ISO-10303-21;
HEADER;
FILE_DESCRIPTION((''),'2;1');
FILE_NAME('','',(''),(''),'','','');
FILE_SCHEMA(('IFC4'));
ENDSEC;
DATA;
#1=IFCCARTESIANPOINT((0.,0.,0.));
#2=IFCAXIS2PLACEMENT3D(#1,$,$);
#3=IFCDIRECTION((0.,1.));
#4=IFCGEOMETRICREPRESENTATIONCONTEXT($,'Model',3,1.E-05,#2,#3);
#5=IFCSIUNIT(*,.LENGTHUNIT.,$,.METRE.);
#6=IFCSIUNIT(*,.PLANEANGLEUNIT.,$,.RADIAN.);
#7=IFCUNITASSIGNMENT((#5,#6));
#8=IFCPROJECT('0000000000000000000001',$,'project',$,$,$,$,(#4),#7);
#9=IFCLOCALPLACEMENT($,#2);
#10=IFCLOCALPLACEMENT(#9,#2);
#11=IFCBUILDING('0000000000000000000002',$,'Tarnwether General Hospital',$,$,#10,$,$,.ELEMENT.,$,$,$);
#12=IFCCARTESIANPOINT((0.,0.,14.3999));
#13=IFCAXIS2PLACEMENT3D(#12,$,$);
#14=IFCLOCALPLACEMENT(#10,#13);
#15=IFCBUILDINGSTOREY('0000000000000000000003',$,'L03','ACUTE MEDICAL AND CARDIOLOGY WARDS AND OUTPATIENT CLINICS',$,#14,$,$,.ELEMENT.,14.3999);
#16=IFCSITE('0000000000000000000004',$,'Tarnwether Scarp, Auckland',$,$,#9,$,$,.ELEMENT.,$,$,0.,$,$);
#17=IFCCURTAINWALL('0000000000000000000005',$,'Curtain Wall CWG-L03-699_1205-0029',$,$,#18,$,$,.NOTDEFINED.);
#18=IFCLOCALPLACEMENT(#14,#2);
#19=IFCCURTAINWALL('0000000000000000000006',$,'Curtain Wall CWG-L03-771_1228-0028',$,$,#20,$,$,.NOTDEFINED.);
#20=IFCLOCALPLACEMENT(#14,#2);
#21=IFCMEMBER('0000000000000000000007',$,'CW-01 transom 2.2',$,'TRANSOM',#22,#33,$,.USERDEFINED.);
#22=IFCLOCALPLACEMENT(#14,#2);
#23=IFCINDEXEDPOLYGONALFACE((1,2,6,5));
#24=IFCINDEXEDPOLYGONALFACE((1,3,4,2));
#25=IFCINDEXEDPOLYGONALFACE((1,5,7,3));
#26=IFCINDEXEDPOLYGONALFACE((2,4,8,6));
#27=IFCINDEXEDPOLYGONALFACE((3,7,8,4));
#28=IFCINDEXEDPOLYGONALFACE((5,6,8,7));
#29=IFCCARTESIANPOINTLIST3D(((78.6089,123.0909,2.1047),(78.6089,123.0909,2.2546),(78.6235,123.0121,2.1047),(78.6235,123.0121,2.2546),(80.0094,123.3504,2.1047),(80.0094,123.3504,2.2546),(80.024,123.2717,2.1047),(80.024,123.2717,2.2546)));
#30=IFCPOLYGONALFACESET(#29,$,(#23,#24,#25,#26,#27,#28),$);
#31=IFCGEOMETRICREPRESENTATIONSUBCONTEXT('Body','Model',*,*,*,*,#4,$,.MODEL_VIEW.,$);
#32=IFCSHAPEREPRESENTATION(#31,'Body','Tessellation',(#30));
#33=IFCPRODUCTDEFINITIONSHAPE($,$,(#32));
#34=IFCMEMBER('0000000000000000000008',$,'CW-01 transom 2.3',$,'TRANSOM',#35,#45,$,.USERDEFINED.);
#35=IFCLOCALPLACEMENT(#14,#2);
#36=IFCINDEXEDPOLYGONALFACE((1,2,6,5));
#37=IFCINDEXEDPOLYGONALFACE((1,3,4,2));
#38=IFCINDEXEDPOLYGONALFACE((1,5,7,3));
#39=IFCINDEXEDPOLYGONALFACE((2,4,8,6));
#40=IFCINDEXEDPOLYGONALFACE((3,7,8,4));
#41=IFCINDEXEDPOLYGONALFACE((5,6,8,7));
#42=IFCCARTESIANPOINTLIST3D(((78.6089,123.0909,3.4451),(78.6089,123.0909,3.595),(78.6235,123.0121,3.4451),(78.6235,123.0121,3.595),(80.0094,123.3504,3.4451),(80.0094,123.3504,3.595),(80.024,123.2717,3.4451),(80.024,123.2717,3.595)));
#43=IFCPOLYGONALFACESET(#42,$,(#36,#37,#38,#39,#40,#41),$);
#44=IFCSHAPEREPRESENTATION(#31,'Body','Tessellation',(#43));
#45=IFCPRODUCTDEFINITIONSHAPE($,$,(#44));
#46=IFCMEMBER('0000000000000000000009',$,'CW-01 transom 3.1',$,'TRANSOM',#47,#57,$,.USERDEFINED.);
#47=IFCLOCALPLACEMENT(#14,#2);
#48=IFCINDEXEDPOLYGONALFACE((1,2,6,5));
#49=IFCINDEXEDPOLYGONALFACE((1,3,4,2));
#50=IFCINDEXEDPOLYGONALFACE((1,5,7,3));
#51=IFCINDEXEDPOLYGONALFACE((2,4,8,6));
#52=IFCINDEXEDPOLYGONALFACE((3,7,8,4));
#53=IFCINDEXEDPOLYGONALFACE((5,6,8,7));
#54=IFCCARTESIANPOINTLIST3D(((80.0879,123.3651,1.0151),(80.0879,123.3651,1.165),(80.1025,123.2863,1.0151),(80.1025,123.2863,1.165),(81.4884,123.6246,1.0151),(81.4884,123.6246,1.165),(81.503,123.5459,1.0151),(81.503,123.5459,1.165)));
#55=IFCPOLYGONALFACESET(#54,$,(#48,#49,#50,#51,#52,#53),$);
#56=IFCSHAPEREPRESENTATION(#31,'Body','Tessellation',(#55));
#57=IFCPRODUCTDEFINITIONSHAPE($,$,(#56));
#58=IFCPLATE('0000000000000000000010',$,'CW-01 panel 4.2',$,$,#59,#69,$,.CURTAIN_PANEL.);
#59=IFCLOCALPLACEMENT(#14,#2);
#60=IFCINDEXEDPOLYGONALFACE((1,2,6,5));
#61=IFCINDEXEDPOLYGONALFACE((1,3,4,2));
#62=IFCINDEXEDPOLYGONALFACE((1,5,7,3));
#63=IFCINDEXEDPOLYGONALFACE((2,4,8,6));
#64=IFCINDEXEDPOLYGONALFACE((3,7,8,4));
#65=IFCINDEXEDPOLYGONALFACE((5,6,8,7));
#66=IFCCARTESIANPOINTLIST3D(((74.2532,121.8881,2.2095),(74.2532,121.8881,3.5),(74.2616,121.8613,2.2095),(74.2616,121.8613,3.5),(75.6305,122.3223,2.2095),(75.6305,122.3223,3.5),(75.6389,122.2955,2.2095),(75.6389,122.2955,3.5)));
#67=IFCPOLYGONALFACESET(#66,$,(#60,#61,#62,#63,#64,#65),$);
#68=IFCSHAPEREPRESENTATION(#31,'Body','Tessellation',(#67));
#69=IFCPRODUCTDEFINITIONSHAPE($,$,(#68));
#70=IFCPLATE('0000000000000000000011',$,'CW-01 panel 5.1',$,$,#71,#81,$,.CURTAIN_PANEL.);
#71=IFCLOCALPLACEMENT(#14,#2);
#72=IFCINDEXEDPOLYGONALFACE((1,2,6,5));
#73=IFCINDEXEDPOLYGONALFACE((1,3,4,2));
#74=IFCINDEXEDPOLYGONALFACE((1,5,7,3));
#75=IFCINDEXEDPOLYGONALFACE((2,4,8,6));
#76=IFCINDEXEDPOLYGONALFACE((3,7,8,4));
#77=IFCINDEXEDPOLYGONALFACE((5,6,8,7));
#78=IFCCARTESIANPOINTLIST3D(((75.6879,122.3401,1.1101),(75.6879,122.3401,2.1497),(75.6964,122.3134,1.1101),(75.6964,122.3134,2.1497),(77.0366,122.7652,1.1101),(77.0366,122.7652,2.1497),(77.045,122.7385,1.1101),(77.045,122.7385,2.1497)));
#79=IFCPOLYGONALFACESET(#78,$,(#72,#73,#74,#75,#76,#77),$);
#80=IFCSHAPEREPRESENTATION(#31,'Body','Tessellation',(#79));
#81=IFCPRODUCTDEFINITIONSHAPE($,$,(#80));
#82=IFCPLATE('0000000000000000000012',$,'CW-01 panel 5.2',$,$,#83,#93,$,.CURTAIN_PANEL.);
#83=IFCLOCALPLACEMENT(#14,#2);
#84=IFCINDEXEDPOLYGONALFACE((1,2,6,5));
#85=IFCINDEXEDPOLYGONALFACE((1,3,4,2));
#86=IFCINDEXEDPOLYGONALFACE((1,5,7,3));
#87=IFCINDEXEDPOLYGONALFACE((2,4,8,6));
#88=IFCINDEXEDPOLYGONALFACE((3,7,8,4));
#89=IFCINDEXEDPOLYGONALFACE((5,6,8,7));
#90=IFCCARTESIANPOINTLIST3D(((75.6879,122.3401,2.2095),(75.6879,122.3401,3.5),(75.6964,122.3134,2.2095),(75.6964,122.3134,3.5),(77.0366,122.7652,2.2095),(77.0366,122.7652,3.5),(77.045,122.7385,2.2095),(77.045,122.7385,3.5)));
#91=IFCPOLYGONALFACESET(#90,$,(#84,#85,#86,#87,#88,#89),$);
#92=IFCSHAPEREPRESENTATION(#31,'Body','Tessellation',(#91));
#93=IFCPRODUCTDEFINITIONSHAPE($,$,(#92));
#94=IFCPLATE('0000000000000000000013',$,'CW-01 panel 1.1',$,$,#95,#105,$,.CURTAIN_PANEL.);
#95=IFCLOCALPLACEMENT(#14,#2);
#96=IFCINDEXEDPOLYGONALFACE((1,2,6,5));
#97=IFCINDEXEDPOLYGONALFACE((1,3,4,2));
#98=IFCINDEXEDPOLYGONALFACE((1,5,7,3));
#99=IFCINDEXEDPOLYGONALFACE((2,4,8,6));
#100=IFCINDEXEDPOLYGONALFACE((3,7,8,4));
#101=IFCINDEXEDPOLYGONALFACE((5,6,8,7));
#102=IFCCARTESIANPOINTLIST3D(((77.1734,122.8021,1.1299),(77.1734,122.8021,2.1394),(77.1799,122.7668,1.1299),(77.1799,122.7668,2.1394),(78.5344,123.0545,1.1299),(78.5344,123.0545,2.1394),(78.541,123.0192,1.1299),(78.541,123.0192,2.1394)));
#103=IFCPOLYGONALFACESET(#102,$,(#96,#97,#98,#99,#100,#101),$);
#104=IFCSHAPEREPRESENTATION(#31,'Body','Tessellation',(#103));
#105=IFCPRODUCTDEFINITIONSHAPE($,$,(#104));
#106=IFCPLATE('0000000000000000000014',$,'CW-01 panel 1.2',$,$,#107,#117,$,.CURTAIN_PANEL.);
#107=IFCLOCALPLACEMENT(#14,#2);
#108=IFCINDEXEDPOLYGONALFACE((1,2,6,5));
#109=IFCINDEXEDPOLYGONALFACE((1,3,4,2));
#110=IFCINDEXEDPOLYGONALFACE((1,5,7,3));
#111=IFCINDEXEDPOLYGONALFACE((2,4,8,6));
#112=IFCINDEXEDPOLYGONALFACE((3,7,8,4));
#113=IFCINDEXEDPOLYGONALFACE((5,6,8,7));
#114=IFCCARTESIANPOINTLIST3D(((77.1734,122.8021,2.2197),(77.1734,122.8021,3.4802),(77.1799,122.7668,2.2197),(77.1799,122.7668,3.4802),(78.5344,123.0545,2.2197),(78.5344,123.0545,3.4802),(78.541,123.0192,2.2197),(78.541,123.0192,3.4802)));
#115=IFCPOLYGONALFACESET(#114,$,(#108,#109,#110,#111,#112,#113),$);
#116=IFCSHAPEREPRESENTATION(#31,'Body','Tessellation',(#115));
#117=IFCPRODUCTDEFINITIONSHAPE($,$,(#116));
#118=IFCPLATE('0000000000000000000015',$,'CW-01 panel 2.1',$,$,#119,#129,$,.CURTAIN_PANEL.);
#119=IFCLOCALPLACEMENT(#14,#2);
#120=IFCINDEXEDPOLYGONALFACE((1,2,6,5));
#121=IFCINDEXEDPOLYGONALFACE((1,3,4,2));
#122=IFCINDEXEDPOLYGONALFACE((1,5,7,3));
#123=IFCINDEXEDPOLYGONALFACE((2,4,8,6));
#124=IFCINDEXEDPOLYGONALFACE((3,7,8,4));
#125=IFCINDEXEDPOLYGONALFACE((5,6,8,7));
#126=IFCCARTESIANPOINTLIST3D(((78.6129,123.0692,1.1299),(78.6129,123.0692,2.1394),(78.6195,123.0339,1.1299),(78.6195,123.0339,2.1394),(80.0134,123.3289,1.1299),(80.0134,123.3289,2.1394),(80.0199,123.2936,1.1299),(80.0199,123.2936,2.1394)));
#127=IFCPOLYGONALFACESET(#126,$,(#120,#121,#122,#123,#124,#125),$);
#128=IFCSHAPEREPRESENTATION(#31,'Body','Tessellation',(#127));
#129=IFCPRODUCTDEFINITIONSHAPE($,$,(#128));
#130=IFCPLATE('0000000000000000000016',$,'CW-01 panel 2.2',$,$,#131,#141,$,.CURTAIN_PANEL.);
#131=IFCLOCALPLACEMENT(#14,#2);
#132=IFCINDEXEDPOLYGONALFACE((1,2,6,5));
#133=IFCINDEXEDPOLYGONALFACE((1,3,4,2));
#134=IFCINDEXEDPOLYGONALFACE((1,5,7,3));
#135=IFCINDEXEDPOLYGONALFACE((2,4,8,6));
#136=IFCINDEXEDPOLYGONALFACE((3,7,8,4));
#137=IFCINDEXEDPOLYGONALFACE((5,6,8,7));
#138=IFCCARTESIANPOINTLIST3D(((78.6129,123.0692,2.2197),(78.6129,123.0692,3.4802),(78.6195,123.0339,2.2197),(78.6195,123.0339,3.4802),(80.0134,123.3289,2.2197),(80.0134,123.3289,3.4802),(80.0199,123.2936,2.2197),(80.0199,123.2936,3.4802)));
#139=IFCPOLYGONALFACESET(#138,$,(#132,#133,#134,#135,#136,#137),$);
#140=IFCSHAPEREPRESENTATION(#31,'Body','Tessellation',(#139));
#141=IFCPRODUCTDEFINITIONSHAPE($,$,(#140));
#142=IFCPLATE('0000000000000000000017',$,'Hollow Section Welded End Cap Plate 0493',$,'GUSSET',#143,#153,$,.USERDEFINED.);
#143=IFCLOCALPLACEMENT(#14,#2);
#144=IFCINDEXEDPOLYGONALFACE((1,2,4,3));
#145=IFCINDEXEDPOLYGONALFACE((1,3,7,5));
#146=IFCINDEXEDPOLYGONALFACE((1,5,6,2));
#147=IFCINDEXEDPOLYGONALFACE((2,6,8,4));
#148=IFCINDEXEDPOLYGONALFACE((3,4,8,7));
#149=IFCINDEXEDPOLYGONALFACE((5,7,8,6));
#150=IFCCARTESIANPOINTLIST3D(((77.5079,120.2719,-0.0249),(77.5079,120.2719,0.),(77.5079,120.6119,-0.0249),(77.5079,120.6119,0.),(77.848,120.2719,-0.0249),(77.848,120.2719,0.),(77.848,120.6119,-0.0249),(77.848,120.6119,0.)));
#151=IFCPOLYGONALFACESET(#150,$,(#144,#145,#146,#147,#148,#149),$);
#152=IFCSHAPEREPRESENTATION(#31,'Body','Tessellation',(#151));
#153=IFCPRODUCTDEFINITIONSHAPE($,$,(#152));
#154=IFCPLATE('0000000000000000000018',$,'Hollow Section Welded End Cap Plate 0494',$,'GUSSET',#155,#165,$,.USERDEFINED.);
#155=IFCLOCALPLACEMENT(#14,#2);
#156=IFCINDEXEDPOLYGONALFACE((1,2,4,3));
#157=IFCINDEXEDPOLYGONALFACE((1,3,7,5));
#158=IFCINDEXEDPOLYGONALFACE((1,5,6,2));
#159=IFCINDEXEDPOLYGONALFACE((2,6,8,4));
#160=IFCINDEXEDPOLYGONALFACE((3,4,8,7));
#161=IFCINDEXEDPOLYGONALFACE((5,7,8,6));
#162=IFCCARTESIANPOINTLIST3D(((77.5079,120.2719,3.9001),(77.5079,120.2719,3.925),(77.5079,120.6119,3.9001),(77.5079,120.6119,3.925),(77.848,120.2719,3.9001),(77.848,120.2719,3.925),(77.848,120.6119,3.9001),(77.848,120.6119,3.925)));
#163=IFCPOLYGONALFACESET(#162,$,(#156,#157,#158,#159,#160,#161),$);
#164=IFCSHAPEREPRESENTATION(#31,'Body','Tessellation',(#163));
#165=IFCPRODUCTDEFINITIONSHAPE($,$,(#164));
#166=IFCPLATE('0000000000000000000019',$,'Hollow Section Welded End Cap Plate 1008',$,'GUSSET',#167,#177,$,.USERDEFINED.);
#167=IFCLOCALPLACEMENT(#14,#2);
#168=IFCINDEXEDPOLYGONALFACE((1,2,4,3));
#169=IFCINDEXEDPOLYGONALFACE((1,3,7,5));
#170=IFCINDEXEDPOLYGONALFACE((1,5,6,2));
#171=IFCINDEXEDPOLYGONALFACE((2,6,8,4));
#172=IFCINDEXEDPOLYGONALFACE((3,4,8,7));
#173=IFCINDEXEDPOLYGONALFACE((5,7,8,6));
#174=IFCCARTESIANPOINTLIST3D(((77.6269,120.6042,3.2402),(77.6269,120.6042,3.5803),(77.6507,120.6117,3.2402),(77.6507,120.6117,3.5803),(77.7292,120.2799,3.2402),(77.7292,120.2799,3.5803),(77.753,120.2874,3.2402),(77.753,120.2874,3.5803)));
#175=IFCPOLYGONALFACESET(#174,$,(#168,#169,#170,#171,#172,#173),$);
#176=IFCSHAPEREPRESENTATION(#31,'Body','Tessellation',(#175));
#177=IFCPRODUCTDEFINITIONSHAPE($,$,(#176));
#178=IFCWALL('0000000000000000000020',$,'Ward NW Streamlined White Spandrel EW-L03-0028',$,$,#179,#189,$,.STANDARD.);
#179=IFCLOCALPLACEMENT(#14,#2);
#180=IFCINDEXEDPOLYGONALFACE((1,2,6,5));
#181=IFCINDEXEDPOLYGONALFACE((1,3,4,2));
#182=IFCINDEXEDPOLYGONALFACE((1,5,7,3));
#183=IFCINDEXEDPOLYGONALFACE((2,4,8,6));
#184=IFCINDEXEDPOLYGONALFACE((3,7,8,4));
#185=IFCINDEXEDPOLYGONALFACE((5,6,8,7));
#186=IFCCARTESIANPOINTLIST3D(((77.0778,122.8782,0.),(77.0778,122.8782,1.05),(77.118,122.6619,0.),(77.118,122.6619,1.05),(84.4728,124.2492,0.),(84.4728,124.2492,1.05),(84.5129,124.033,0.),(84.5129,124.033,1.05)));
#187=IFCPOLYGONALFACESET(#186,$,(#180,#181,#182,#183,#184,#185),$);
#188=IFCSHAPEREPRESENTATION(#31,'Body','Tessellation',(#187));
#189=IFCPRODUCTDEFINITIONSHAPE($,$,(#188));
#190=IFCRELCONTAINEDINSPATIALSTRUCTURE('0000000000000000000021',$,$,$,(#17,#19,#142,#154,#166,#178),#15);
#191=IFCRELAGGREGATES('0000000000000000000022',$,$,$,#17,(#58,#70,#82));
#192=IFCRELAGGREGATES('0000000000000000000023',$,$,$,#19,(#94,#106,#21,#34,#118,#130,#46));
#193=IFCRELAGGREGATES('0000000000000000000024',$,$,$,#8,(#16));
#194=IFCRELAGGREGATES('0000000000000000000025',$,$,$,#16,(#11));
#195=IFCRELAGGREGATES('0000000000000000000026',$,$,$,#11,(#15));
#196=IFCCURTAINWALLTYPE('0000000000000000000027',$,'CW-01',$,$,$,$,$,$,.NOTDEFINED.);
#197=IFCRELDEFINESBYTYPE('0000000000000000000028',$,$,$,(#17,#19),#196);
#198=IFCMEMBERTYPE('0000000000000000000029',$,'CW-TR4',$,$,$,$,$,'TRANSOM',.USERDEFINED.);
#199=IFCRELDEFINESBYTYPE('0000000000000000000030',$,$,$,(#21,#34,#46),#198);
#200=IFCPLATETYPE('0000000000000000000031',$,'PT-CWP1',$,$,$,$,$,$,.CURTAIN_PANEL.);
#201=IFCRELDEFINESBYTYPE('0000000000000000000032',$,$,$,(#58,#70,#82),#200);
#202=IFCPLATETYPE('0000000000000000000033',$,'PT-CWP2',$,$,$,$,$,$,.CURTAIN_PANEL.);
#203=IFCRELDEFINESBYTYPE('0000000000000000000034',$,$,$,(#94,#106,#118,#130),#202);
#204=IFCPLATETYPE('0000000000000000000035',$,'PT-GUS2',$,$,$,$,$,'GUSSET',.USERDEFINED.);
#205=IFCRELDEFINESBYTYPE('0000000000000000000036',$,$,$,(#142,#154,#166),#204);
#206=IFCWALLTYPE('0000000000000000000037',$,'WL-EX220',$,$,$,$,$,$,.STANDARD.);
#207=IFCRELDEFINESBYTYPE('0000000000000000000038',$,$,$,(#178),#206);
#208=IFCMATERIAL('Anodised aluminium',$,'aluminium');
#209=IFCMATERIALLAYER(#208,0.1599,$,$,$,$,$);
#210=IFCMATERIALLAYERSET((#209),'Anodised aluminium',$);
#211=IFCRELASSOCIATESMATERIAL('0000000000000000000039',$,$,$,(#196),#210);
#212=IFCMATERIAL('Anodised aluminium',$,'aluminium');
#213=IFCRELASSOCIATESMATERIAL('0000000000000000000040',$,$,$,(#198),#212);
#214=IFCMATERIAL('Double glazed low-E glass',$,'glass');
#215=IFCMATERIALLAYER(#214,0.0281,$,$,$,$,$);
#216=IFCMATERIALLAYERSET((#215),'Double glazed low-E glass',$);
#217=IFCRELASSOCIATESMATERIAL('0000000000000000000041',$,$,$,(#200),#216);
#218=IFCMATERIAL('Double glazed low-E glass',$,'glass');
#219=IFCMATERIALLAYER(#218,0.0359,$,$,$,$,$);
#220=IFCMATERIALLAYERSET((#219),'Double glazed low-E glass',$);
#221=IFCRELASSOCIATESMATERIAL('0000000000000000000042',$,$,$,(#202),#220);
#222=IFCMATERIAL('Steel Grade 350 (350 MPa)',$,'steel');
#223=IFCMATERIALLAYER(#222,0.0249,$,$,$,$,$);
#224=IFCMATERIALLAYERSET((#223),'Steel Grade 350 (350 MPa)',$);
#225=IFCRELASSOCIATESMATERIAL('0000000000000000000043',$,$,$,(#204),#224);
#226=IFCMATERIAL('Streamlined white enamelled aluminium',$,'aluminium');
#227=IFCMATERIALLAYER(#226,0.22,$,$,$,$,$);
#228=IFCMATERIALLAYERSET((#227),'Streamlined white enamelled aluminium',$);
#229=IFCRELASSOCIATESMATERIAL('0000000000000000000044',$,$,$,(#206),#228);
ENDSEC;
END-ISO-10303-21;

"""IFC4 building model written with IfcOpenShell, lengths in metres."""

from ifc_helpers import new_model, si_unit, direction, frame, frame_2d, origin, origin_2d, place, context, subcontext, project, spatial, rectangle, extrude, material, layer, layer_set, material_profile, profile_set, type_object, element, aggregate, save


model = new_model("IFC4")

# Units and contexts
model_context = context("Model", 3, precision=1e-05, world=origin(), true_north=direction((0.0, 1.0)))
body_context = subcontext(model_context, "Body", "Model", "MODEL_VIEW")
ifc_project = project(units=[si_unit("LENGTHUNIT", "METRE"), si_unit("PLANEANGLEUNIT", "RADIAN")], contexts=[model_context])

# Site, building, storey
site_placement = place(None, origin())
site = spatial("IfcSite", under=ifc_project, at=site_placement, Name="Tarnwether Scarp, Auckland", CompositionType="ELEMENT", RefElevation=0.0)
building_placement = place(site_placement, origin())
building = spatial("IfcBuilding", under=site, at=building_placement, Name="Tarnwether General Hospital", CompositionType="ELEMENT")
storey_placement = place(building_placement, frame((0.0, 0.0, 14.3999)))
storey = spatial("IfcBuildingStorey", under=building, at=storey_placement, Name="L03", Description="ACUTE MEDICAL AND CARDIOLOGY WARDS AND OUTPATIENT CLINICS", CompositionType="ELEMENT", Elevation=14.3999)

# Curtain walls
ifc_material_1 = material(Name="Anodised aluminium", Category="aluminium")
ifc_layer_1 = layer(ifc_material_1, 0.1599)
ifc_layer_set_1 = layer_set([ifc_layer_1], Name="Anodised aluminium")
curtain_wall_type = type_object("IfcCurtainWallType", Name="CW-01", PredefinedType="NOTDEFINED", material=ifc_layer_set_1)
curtain_wall_1_placement = place(storey_placement, origin())
curtain_wall_1 = element("IfcCurtainWall", 1, at=curtain_wall_1_placement, inside=storey, type_object=curtain_wall_type, Name="Curtain Wall CWG-L03-699_1205-0029", PredefinedType="NOTDEFINED")
curtain_wall_2_placement = place(storey_placement, origin())
curtain_wall_2 = element("IfcCurtainWall", 2, at=curtain_wall_2_placement, inside=storey, type_object=curtain_wall_type, Name="Curtain Wall CWG-L03-771_1228-0028", PredefinedType="NOTDEFINED")

# Members
ifc_material_2 = material(Name="Anodised aluminium", Category="aluminium")
ifc_material_profile_1 = material_profile(ifc_material_2, rectangle(XDim=0.0801, YDim=0.1499, at=origin_2d()), Name="ALU-TRN-80x150")
ifc_profile_set_1 = profile_set([ifc_material_profile_1], Name="Anodised aluminium")
member_type_1 = type_object("IfcMemberType", Name="CW-TR4", ElementType="TRANSOM", PredefinedType="USERDEFINED", material=ifc_profile_set_1)
member_1_placement = place(storey_placement, frame((78.6162, 123.0515, 2.1797), z_axis=(0.983258, 0.182218, 0.0), x_axis=(-0.182218, 0.983258, 0.0)))
member_1 = element("IfcMember", 3, at=member_1_placement, type_object=member_type_1, Name="CW-01 transom 2.2", ObjectType="TRANSOM", PredefinedType="USERDEFINED", context=body_context, shape_type="SweptSolid", body=[
    extrude(rectangle(XDim=0.0801, YDim=0.1499, at=origin_2d()), origin(), (0.0, 0.0, 1.0), 1.4243),
])
member_2_placement = place(storey_placement, frame((78.6162, 123.0515, 3.52), z_axis=(0.983258, 0.182218, 0.0), x_axis=(-0.182218, 0.983258, 0.0)))
member_2 = element("IfcMember", 4, at=member_2_placement, type_object=member_type_1, Name="CW-01 transom 2.3", ObjectType="TRANSOM", PredefinedType="USERDEFINED", context=body_context, shape_type="SweptSolid", body=[
    extrude(rectangle(XDim=0.0801, YDim=0.1499, at=origin_2d()), origin(), (0.0, 0.0, 1.0), 1.4243),
])
member_3_placement = place(storey_placement, frame((80.0952, 123.3257, 1.0901), z_axis=(0.983258, 0.182218, 0.0), x_axis=(-0.182218, 0.983258, 0.0)))
member_3 = element("IfcMember", 5, at=member_3_placement, type_object=member_type_1, Name="CW-01 transom 3.1", ObjectType="TRANSOM", PredefinedType="USERDEFINED", context=body_context, shape_type="SweptSolid", body=[
    extrude(rectangle(XDim=0.0801, YDim=0.1499, at=origin_2d()), origin(), (0.0, 0.0, 1.0), 1.4243),
])

# Plates
ifc_material_3 = material(Name="Double glazed low-E glass", Category="glass")
ifc_layer_2 = layer(ifc_material_3, 0.0281)
ifc_layer_set_2 = layer_set([ifc_layer_2], Name="Double glazed low-E glass")
plate_type_1 = type_object("IfcPlateType", Name="PT-CWP1", PredefinedType="CURTAIN_PANEL", material=ifc_layer_set_2)
plate_1_placement = place(storey_placement, frame((74.946, 122.0918, 2.2095), z_axis=(0.0, 0.0, 1.0), x_axis=(0.953741, 0.300629, 0.0)))
plate_1 = element("IfcPlate", 6, at=plate_1_placement, type_object=plate_type_1, Name="CW-01 panel 4.2", PredefinedType="CURTAIN_PANEL", context=body_context, shape_type="SweptSolid", body=[
    extrude(rectangle(XDim=1.4441, YDim=0.0281, at=origin_2d()), origin(), (0.0, 0.0, 1.0), 1.2905),
])
plate_2_placement = place(storey_placement, frame((76.3665, 122.5393, 1.1101), z_axis=(0.0, 0.0, 1.0), x_axis=(0.953741, 0.300629, 0.0)))
plate_2 = element("IfcPlate", 7, at=plate_2_placement, type_object=plate_type_1, Name="CW-01 panel 5.1", PredefinedType="CURTAIN_PANEL", context=body_context, shape_type="SweptSolid", body=[
    extrude(rectangle(XDim=1.4141, YDim=0.0281, at=origin_2d()), origin(), (0.0, 0.0, 1.0), 1.0396),
])
plate_3_placement = place(storey_placement, frame((76.3665, 122.5393, 2.2095), z_axis=(0.0, 0.0, 1.0), x_axis=(0.953741, 0.300629, 0.0)))
plate_3 = element("IfcPlate", 8, at=plate_3_placement, type_object=plate_type_1, Name="CW-01 panel 5.2", PredefinedType="CURTAIN_PANEL", context=body_context, shape_type="SweptSolid", body=[
    extrude(rectangle(XDim=1.4141, YDim=0.0281, at=origin_2d()), origin(), (0.0, 0.0, 1.0), 1.2905),
])
aggregate(curtain_wall_1, [plate_1, plate_2, plate_3])
ifc_material_4 = material(Name="Double glazed low-E glass", Category="glass")
ifc_layer_3 = layer(ifc_material_4, 0.0359)
ifc_layer_set_3 = layer_set([ifc_layer_3], Name="Double glazed low-E glass")
plate_type_2 = type_object("IfcPlateType", Name="PT-CWP2", PredefinedType="CURTAIN_PANEL", material=ifc_layer_set_3)
plate_4_placement = place(storey_placement, frame((77.8572, 122.9106, 1.1299), z_axis=(0.0, 0.0, 1.0), x_axis=(0.983245, 0.182289, 0.0)))
plate_4 = element("IfcPlate", 9, at=plate_4_placement, type_object=plate_type_2, Name="CW-01 panel 1.1", PredefinedType="CURTAIN_PANEL", context=body_context, shape_type="SweptSolid", body=[
    extrude(rectangle(XDim=1.3843, YDim=0.0359, at=origin_2d()), origin(), (0.0, 0.0, 1.0), 1.0095),
])
plate_5_placement = place(storey_placement, frame((77.8572, 122.9106, 2.2197), z_axis=(0.0, 0.0, 1.0), x_axis=(0.983245, 0.182289, 0.0)))
plate_5 = element("IfcPlate", 10, at=plate_5_placement, type_object=plate_type_2, Name="CW-01 panel 1.2", PredefinedType="CURTAIN_PANEL", context=body_context, shape_type="SweptSolid", body=[
    extrude(rectangle(XDim=1.3843, YDim=0.0359, at=origin_2d()), origin(), (0.0, 0.0, 1.0), 1.2605),
])
plate_6_placement = place(storey_placement, frame((79.3164, 123.1814, 1.1299), z_axis=(0.0, 0.0, 1.0), x_axis=(0.983245, 0.182289, 0.0)))
plate_6 = element("IfcPlate", 11, at=plate_6_placement, type_object=plate_type_2, Name="CW-01 panel 2.1", PredefinedType="CURTAIN_PANEL", context=body_context, shape_type="SweptSolid", body=[
    extrude(rectangle(XDim=1.4243, YDim=0.0359, at=origin_2d()), origin(), (0.0, 0.0, 1.0), 1.0095),
])
plate_7_placement = place(storey_placement, frame((79.3164, 123.1814, 2.2197), z_axis=(0.0, 0.0, 1.0), x_axis=(0.983245, 0.182289, 0.0)))
plate_7 = element("IfcPlate", 12, at=plate_7_placement, type_object=plate_type_2, Name="CW-01 panel 2.2", PredefinedType="CURTAIN_PANEL", context=body_context, shape_type="SweptSolid", body=[
    extrude(rectangle(XDim=1.4243, YDim=0.0359, at=origin_2d()), origin(), (0.0, 0.0, 1.0), 1.2605),
])
aggregate(curtain_wall_2, [plate_4, plate_5, member_1, member_2, plate_6, plate_7, member_3])

# Plates
ifc_material_5 = material(Name="Steel Grade 350 (350 MPa)", Category="steel")
ifc_layer_4 = layer(ifc_material_5, 0.0249)
ifc_layer_set_4 = layer_set([ifc_layer_4], Name="Steel Grade 350 (350 MPa)")
plate_type_3 = type_object("IfcPlateType", Name="PT-GUS2", ElementType="GUSSET", PredefinedType="USERDEFINED", material=ifc_layer_set_4)
for number, where, z_axis, x_axis, name in (
    (13, (77.678, 120.4419, -0.0249), (0.0, 0.0, 1.0), (1.0, 0.0, 0.0), "Hollow Section Welded End Cap Plate 0493"),
    (14, (77.678, 120.4419, 3.9001), (0.0, 0.0, 1.0), (1.0, 0.0, 0.0), "Hollow Section Welded End Cap Plate 0494"),
):
    element("IfcPlate", number, at=place(storey_placement, frame(where, z_axis=z_axis, x_axis=x_axis)), inside=storey, type_object=plate_type_3, Name=name, ObjectType="GUSSET", PredefinedType="USERDEFINED", context=body_context, shape_type="SweptSolid", body=[
        extrude(rectangle(XDim=0.3401, YDim=0.3401, at=origin_2d()), origin(), (0.0, 0.0, 1.0), 0.0249),
    ])
plate_8_placement = place(storey_placement, frame((77.6899, 120.4458, 3.2402), z_axis=(0.0, 0.0, 1.0), x_axis=(0.953691, 0.300789, 0.0)))
element("IfcPlate", 15, at=plate_8_placement, inside=storey, type_object=plate_type_3, Name="Hollow Section Welded End Cap Plate 1008", ObjectType="GUSSET", PredefinedType="USERDEFINED", context=body_context, shape_type="SweptSolid", body=[
    extrude(rectangle(XDim=0.0249, YDim=0.3401, at=origin_2d()), origin(), (0.0, 0.0, 1.0), 0.3401),
])

# Wall
ifc_material_6 = material(Name="Streamlined white enamelled aluminium", Category="aluminium")
ifc_layer_5 = layer(ifc_material_6, 0.22)
ifc_layer_set_5 = layer_set([ifc_layer_5], Name="Streamlined white enamelled aluminium")
wall_type = type_object("IfcWallType", Name="WL-EX220", PredefinedType="STANDARD", material=ifc_layer_set_5)
wall_placement = place(storey_placement, frame((77.0979, 122.77, 0.0), z_axis=(0.0, 0.0, 1.0), x_axis=(0.983243, 0.182301, 0.0)))
element("IfcWall", 16, at=wall_placement, inside=storey, type_object=wall_type, Name="Ward NW Streamlined White Spandrel EW-L03-0028", PredefinedType="STANDARD", context=body_context, shape_type="SweptSolid", body=[
    extrude(rectangle(XDim=7.521, YDim=0.22, at=frame_2d((3.7605, 0.0))), origin(), (0.0, 0.0, 1.0), 1.05),
])

save(model, "model.ifc")
